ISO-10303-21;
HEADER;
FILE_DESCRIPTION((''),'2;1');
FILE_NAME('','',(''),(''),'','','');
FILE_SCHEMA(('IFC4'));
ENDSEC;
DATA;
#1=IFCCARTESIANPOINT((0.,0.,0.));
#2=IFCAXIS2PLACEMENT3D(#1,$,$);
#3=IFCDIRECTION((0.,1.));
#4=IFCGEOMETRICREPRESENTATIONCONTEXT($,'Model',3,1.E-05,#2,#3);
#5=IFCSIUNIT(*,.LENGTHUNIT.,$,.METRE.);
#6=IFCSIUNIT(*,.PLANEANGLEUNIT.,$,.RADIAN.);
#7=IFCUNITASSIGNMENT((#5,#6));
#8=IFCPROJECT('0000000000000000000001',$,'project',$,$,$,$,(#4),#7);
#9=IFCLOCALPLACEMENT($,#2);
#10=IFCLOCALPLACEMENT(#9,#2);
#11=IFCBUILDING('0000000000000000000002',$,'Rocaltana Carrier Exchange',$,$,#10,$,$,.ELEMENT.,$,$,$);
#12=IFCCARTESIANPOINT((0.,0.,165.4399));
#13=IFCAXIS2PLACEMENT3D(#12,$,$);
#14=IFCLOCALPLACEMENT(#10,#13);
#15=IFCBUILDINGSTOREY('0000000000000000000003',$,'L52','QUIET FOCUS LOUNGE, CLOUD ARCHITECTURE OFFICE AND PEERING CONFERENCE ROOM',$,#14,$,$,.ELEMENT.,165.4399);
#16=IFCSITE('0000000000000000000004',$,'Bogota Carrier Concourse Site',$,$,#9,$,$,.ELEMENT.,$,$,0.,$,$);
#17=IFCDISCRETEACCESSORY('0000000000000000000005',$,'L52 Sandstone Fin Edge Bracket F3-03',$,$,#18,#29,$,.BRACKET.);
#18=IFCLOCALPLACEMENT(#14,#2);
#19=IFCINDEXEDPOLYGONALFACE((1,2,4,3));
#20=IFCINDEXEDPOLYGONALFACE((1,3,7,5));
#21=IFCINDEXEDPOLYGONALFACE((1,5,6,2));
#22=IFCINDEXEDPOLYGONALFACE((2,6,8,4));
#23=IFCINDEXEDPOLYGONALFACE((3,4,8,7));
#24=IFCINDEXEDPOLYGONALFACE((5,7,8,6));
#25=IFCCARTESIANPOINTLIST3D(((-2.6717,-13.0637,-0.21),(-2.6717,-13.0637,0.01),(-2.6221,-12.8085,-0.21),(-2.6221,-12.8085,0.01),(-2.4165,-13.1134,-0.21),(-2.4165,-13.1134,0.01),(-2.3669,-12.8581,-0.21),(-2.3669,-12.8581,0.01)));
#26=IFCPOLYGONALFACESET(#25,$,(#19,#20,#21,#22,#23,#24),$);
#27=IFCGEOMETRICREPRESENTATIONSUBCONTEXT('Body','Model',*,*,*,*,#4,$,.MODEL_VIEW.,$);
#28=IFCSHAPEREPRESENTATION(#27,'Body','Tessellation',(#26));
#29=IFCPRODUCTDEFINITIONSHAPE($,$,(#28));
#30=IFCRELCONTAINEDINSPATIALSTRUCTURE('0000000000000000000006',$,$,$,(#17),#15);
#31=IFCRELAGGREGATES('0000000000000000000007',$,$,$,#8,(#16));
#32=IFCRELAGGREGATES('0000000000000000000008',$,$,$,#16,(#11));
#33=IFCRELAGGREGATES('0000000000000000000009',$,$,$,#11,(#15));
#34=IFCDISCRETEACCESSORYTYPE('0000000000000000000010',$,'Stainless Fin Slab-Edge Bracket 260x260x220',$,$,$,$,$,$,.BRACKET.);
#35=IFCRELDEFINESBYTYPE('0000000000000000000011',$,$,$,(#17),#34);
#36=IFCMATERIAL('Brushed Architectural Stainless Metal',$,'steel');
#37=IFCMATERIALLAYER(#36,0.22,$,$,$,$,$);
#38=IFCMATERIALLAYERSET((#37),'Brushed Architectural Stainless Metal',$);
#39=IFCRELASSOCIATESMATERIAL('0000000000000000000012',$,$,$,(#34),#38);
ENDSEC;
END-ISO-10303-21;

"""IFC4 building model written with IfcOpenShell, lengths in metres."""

from ifc_helpers import new_model, si_unit, direction, frame, origin, origin_2d, place, context, subcontext, project, spatial, rectangle, extrude, material, layer, layer_set, type_object, element, save


model = new_model("IFC4")

# Units and contexts
model_context = context("Model", 3, precision=1e-05, world=origin(), true_north=direction((0.0, 1.0)))
body_context = subcontext(model_context, "Body", "Model", "MODEL_VIEW")
ifc_project = project(units=[si_unit("LENGTHUNIT", "METRE"), si_unit("PLANEANGLEUNIT", "RADIAN")], contexts=[model_context])

# Site, building, storey
site_placement = place(None, origin())
site = spatial("IfcSite", under=ifc_project, at=site_placement, Name="Bogota Carrier Concourse Site", CompositionType="ELEMENT", RefElevation=0.0)
building_placement = place(site_placement, origin())
building = spatial("IfcBuilding", under=site, at=building_placement, Name="Rocaltana Carrier Exchange", CompositionType="ELEMENT")
storey_placement = place(building_placement, frame((0.0, 0.0, 165.4399)))
storey = spatial("IfcBuildingStorey", under=building, at=storey_placement, Name="L52", Description="QUIET FOCUS LOUNGE, CLOUD ARCHITECTURE OFFICE AND PEERING CONFERENCE ROOM", CompositionType="ELEMENT", Elevation=165.4399)

# Discrete accessory
ifc_material_1 = material(Name="Brushed Architectural Stainless Metal", Category="steel")
ifc_layer_1 = layer(ifc_material_1, 0.22)
ifc_layer_set_1 = layer_set([ifc_layer_1], Name="Brushed Architectural Stainless Metal")
discrete_accessory_type = type_object("IfcDiscreteAccessoryType", Name="Stainless Fin Slab-Edge Bracket 260x260x220", PredefinedType="BRACKET", material=ifc_layer_set_1)
discrete_accessory_placement = place(storey_placement, frame((-2.5193, -12.9609, -0.21), z_axis=(0.0, 0.0, 1.0), x_axis=(0.981627, -0.190809, 0.0)))
element("IfcDiscreteAccessory", 1, at=discrete_accessory_placement, inside=storey, type_object=discrete_accessory_type, Name="L52 Sandstone Fin Edge Bracket F3-03", PredefinedType="BRACKET", context=body_context, shape_type="SweptSolid", body=[
    extrude(rectangle(XDim=0.26, YDim=0.26, at=origin_2d()), origin(), (0.0, 0.0, 1.0), 0.22),
])

save(model, "model.ifc")
